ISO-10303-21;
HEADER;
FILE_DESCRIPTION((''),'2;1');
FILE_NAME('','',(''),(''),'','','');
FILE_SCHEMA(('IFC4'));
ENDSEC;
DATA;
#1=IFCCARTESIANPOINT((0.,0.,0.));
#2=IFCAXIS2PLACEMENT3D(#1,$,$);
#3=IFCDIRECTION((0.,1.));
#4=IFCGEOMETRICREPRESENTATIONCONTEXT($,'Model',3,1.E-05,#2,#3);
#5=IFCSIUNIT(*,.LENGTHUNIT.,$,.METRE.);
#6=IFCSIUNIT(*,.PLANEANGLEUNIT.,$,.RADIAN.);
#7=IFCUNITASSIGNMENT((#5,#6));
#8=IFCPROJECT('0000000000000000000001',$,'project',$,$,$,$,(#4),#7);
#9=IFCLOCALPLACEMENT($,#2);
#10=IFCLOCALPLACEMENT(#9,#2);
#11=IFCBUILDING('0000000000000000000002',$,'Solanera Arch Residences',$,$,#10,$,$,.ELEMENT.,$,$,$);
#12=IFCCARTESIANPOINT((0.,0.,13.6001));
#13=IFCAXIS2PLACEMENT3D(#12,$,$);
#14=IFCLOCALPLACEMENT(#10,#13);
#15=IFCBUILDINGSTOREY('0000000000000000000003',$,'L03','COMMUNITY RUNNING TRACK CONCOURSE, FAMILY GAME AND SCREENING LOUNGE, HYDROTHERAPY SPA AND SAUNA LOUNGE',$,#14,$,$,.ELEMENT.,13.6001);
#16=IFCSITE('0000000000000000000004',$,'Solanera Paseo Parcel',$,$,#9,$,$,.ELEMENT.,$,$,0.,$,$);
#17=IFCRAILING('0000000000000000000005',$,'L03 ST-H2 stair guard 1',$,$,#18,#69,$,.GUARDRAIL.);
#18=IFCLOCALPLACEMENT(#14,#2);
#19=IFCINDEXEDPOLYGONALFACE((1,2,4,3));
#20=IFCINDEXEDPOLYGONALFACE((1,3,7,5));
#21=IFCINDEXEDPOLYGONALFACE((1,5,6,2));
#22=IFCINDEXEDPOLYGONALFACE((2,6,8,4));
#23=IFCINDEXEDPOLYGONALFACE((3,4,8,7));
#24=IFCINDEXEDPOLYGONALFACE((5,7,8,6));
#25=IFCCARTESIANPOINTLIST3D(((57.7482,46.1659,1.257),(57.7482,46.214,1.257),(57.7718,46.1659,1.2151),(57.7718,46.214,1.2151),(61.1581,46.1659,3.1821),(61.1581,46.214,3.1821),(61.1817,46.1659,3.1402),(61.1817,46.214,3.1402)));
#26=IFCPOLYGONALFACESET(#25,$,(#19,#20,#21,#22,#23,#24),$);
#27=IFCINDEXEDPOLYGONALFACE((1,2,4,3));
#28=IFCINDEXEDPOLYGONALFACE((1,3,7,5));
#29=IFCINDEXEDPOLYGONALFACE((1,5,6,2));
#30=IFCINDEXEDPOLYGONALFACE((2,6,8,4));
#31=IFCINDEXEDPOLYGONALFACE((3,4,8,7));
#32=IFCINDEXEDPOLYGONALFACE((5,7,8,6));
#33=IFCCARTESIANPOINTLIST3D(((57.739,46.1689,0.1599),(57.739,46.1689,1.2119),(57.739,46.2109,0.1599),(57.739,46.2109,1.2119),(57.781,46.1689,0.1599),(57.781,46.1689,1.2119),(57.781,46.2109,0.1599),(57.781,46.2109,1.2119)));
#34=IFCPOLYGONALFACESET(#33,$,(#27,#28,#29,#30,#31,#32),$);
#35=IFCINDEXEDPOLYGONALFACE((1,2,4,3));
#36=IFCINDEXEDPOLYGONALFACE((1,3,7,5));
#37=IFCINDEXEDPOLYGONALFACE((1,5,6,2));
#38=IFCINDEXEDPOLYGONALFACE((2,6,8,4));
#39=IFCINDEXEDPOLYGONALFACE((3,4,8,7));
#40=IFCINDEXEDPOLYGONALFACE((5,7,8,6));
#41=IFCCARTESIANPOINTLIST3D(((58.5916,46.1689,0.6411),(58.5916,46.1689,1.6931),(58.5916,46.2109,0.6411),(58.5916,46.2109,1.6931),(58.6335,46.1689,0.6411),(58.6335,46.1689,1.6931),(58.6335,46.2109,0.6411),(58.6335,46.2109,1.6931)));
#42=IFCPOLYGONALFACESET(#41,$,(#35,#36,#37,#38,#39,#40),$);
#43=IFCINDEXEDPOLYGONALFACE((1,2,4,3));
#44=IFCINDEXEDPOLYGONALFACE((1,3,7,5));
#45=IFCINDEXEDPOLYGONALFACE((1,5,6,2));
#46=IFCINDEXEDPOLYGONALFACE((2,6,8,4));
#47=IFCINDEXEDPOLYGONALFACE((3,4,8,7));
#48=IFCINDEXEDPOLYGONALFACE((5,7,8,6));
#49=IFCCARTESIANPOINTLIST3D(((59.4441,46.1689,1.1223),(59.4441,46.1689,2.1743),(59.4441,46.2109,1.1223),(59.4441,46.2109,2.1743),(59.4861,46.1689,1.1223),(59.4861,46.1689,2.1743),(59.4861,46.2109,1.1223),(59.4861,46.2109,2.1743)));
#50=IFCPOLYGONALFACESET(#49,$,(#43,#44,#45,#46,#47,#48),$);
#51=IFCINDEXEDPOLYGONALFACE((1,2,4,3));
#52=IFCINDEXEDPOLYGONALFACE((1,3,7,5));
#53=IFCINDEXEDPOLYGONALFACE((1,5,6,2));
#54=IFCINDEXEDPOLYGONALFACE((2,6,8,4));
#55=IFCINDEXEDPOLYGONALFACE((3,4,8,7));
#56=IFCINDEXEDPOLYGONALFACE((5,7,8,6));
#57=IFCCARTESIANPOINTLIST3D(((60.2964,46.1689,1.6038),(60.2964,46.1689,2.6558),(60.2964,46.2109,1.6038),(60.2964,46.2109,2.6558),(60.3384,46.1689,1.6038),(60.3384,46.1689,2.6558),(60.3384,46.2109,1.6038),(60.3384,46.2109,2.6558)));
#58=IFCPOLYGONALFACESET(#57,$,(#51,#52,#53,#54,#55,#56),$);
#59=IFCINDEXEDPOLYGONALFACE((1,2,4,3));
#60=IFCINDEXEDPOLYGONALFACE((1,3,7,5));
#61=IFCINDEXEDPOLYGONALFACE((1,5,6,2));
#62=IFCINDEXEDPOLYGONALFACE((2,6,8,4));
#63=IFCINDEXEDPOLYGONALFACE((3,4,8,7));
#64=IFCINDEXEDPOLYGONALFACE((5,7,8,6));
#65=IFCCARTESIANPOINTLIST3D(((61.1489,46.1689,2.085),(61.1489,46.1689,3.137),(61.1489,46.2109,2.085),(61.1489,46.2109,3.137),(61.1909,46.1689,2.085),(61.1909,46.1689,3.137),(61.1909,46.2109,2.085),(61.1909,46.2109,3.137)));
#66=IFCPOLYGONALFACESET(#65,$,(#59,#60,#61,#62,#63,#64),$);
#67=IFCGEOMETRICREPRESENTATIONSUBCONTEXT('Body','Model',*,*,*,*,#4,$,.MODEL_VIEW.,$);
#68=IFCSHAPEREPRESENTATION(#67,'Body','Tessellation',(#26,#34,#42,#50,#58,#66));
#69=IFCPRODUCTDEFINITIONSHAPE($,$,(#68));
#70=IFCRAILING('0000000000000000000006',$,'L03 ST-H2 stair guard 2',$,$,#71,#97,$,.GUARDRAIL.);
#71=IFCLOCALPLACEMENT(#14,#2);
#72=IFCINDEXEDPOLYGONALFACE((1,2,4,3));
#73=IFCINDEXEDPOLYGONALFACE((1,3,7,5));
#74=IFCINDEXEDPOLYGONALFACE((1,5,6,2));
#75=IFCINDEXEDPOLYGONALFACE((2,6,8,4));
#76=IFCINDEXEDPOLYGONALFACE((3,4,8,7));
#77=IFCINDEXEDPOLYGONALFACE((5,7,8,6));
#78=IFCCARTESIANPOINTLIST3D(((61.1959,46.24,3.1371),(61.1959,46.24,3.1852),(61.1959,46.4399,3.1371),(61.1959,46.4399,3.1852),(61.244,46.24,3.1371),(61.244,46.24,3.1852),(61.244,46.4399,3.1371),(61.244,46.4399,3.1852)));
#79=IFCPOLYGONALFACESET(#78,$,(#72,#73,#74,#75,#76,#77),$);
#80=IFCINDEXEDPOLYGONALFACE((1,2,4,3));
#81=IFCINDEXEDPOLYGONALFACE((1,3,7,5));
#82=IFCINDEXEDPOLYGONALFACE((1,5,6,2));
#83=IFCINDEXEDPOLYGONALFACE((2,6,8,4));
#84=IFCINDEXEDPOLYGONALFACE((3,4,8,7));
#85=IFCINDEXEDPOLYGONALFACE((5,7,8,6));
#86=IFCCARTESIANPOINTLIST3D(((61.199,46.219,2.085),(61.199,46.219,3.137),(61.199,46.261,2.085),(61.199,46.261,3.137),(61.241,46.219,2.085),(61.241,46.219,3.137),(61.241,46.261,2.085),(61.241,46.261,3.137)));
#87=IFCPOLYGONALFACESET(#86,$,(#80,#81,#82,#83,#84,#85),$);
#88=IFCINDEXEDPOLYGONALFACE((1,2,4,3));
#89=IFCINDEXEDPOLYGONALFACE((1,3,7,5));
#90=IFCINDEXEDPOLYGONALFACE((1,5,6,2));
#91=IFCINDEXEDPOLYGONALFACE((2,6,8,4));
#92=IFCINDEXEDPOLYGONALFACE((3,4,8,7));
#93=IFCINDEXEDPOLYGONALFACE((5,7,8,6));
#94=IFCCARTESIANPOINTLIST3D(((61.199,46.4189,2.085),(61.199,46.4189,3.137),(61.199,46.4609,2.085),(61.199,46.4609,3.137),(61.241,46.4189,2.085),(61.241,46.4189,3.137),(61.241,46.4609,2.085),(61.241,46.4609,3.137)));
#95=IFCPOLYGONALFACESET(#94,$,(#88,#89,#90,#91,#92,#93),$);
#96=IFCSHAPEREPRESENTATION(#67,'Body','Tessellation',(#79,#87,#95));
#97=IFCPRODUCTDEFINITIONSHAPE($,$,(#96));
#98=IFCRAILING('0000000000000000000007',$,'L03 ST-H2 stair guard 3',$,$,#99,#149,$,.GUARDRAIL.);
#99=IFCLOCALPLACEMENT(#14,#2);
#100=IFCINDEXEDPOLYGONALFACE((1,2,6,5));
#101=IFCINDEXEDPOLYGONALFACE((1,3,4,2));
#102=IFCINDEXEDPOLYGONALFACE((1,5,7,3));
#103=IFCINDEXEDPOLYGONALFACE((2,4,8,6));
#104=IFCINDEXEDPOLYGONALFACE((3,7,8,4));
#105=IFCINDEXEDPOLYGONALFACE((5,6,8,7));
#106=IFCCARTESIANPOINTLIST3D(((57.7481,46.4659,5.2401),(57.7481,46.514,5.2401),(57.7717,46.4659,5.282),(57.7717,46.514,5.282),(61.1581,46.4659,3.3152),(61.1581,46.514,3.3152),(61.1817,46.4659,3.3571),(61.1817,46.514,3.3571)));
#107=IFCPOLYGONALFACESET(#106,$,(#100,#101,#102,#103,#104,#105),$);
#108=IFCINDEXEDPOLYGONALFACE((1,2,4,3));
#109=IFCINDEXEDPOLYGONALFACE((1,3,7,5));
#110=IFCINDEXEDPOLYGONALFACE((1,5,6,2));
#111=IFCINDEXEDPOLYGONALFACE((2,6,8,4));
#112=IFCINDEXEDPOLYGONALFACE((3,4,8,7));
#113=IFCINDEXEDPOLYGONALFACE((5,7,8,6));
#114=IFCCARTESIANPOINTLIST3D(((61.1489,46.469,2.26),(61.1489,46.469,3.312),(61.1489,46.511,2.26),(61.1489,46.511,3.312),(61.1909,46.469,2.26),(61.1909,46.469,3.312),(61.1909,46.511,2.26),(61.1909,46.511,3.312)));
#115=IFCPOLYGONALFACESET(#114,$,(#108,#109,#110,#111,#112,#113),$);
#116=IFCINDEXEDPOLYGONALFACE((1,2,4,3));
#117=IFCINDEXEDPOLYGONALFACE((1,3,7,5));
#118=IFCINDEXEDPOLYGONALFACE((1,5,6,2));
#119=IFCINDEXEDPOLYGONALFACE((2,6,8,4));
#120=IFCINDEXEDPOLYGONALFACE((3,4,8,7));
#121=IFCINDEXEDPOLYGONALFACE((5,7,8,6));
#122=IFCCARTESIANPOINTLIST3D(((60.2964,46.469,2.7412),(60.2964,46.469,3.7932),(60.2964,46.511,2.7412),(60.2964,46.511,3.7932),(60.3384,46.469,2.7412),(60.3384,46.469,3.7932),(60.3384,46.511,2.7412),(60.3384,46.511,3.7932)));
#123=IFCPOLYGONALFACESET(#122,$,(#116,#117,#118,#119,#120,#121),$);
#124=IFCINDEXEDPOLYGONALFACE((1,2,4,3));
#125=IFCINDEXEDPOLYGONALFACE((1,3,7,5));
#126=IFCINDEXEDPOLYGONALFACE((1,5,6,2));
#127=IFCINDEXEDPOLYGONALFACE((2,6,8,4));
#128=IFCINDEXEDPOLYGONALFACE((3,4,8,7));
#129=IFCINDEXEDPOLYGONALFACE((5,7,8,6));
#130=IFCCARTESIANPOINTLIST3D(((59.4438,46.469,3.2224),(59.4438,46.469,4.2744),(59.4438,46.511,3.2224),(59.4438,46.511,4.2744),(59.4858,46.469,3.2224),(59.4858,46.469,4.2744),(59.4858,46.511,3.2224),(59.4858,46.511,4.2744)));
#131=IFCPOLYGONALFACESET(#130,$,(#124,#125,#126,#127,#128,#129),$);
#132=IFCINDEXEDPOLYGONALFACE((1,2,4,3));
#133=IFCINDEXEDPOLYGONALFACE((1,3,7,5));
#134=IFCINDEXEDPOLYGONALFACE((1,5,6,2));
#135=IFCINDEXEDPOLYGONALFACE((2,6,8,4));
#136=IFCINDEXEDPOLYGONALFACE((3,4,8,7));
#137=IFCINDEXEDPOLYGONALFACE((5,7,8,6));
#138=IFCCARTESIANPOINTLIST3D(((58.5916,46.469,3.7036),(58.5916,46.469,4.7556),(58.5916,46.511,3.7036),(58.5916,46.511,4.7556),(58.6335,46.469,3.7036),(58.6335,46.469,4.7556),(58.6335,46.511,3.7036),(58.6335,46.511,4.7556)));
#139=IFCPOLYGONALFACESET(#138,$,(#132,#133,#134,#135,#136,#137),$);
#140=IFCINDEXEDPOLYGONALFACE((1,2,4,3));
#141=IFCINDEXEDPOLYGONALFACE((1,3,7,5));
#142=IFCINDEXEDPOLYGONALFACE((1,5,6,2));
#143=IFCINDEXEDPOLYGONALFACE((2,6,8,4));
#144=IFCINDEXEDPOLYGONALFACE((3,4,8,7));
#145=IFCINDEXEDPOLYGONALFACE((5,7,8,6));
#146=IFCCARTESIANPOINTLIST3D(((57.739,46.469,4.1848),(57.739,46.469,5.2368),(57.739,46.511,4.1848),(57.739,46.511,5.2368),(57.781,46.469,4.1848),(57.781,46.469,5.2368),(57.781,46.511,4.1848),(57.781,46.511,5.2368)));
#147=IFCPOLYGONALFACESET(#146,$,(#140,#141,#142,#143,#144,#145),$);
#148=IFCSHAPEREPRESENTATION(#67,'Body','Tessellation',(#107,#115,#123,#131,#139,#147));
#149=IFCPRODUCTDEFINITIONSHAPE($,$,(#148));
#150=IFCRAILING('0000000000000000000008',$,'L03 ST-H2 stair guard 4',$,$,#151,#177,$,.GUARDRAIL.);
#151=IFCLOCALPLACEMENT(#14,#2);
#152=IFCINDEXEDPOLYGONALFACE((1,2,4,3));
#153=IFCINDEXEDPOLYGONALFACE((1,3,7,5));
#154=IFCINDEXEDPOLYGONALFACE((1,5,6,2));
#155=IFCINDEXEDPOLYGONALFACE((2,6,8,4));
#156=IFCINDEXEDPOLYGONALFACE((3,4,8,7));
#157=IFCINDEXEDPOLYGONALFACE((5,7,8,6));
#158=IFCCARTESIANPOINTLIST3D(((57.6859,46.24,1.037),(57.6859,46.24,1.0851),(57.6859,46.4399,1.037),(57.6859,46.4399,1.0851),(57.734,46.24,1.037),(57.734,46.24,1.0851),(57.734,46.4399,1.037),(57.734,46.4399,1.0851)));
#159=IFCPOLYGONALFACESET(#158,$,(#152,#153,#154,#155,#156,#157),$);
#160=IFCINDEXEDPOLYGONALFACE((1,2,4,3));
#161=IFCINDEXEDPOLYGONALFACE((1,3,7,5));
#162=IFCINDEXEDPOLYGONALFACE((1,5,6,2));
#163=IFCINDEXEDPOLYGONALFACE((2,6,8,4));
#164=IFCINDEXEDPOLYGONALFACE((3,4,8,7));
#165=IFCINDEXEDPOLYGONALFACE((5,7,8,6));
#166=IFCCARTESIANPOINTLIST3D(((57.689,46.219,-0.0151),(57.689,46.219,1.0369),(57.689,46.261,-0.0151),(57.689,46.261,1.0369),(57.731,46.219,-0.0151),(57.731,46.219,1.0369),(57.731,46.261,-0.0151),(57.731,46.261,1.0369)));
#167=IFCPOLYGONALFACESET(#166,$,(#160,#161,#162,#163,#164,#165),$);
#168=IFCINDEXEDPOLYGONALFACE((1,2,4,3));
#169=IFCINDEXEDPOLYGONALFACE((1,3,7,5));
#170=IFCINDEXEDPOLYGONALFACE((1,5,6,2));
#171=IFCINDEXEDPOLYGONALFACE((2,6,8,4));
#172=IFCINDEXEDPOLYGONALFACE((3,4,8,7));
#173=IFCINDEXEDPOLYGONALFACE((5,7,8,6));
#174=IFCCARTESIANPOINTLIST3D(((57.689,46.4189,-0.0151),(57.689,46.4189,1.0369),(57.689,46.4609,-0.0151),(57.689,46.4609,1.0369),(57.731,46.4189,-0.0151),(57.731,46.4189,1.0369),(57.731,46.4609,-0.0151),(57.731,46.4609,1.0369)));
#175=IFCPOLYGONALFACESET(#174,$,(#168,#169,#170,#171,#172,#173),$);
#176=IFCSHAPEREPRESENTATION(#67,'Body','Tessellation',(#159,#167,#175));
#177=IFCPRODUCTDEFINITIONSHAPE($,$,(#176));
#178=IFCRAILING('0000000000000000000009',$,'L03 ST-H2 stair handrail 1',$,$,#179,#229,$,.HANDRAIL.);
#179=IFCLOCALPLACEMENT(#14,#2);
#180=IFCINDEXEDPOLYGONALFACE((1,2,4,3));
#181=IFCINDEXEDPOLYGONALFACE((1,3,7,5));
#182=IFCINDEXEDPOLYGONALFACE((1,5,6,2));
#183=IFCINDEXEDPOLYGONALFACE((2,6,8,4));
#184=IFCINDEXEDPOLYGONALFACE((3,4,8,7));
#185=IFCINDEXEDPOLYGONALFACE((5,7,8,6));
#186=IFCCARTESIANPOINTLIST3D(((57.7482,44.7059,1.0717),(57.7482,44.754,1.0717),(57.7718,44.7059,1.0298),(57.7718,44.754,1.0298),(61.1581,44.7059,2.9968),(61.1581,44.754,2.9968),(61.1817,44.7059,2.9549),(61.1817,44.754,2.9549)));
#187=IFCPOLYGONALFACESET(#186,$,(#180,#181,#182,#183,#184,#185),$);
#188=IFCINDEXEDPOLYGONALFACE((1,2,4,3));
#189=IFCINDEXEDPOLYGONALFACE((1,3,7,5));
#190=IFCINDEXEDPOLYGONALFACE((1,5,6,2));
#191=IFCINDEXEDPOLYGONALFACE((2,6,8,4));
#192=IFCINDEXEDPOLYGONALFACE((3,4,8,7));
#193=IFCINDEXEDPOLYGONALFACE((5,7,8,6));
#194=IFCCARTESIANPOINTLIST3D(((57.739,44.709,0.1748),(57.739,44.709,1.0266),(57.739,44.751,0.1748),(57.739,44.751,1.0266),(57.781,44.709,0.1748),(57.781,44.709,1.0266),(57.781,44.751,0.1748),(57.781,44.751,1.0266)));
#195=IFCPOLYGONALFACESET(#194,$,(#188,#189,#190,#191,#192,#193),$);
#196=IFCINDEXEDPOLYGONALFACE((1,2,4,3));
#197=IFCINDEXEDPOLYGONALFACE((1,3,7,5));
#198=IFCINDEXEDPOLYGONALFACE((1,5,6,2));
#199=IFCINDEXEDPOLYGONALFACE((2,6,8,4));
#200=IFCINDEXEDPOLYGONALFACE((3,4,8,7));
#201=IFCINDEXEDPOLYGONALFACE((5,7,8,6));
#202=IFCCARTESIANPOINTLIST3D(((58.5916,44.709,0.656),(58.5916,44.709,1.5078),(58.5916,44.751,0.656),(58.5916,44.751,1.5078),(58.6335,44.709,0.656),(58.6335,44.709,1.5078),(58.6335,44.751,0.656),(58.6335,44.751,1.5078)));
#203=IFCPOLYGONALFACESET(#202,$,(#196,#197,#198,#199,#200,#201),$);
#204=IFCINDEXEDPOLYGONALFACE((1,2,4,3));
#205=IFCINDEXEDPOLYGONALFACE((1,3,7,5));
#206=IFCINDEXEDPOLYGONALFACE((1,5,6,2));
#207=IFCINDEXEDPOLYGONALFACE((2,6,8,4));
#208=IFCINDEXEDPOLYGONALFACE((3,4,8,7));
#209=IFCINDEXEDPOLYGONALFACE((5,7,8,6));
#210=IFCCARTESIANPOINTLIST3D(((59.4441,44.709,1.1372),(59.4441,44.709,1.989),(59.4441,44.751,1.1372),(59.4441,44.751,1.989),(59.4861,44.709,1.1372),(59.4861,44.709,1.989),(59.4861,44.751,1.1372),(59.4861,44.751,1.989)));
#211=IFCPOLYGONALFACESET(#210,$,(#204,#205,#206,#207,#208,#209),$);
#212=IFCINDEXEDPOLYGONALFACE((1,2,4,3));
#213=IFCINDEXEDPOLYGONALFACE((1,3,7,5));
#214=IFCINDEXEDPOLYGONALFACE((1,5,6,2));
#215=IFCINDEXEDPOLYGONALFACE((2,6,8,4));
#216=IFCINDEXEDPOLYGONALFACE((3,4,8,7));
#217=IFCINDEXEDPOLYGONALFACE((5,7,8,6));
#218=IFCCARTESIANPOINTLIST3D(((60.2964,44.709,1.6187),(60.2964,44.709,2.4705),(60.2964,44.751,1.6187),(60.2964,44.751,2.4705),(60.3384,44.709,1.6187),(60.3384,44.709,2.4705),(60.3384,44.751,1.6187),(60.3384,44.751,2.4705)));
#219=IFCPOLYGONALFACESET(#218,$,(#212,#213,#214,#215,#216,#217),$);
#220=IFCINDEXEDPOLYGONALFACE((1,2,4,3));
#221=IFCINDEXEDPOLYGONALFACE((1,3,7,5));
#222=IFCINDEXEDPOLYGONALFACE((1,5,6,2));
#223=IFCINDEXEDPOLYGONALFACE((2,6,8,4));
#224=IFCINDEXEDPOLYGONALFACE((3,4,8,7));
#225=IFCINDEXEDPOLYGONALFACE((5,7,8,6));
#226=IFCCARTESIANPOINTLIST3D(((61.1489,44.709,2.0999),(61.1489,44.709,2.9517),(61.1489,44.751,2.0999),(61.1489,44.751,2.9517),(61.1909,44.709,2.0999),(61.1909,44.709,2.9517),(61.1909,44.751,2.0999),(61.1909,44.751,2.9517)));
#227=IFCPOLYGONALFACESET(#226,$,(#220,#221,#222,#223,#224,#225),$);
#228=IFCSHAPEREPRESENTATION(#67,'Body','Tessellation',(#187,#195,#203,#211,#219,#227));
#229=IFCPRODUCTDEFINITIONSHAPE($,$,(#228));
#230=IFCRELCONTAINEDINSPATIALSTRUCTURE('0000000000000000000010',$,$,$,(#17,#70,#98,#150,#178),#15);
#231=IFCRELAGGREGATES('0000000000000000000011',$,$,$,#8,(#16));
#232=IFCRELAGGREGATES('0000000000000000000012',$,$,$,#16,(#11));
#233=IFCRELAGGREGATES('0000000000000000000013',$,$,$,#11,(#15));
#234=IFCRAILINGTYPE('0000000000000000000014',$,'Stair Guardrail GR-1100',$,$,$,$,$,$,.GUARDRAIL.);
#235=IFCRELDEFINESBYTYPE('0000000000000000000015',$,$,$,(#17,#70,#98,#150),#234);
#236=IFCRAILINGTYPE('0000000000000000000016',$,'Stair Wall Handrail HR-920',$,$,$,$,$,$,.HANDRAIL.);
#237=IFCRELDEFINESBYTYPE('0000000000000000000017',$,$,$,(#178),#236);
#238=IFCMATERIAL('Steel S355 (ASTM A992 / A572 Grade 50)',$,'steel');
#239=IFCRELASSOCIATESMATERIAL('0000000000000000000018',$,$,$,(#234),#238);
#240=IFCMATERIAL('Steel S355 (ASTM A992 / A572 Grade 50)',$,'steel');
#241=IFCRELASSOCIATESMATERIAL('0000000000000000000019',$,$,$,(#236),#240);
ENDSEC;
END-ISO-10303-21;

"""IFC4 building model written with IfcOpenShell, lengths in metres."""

from ifc_helpers import new_model, si_unit, direction, frame, origin, origin_2d, place, context, subcontext, project, spatial, rectangle, extrude, material, type_object, element, save


model = new_model("IFC4")

# Units and contexts
model_context = context("Model", 3, precision=1e-05, world=origin(), true_north=direction((0.0, 1.0)))
body_context = subcontext(model_context, "Body", "Model", "MODEL_VIEW")
ifc_project = project(units=[si_unit("LENGTHUNIT", "METRE"), si_unit("PLANEANGLEUNIT", "RADIAN")], contexts=[model_context])

# Site, building, storey
site_placement = place(None, origin())
site = spatial("IfcSite", under=ifc_project, at=site_placement, Name="Solanera Paseo Parcel", CompositionType="ELEMENT", RefElevation=0.0)
building_placement = place(site_placement, origin())
building = spatial("IfcBuilding", under=site, at=building_placement, Name="Solanera Arch Residences", CompositionType="ELEMENT")
storey_placement = place(building_placement, frame((0.0, 0.0, 13.6001)))
storey = spatial("IfcBuildingStorey", under=building, at=storey_placement, Name="L03", Description="COMMUNITY RUNNING TRACK CONCOURSE, FAMILY GAME AND SCREENING LOUNGE, HYDROTHERAPY SPA AND SAUNA LOUNGE", CompositionType="ELEMENT", Elevation=13.6001)

# Railings
ifc_material_1 = material(Name="Steel S355 (ASTM A992 / A572 Grade 50)", Category="steel")
railing_type_1 = type_object("IfcRailingType", Name="Stair Guardrail GR-1100", PredefinedType="GUARDRAIL", material=ifc_material_1)
railing_1_placement = place(storey_placement, frame((57.76, 46.1899, 0.1599)))
element("IfcRailing", 1, at=railing_1_placement, inside=storey, type_object=railing_type_1, Name="L03 ST-H2 stair guard 1", PredefinedType="GUARDRAIL", context=body_context, shape_type="SweptSolid", body=[
    extrude(rectangle(XDim=0.0481, YDim=0.0481, at=origin_2d()), frame((0.0, 0.0, 1.0762), z_axis=(0.870814, 0.0, 0.491613), x_axis=(0.0, 1.0, 0.0)), (0.0, 0.0, 1.0), 3.9158),
    extrude(rectangle(XDim=0.042, YDim=0.042, at=origin_2d()), origin(), (0.0, 0.0, 1.0), 1.052),
    extrude(rectangle(XDim=0.042, YDim=0.042, at=origin_2d()), frame((0.8525, 0.0, 0.4812)), (0.0, 0.0, 1.0), 1.052),
    extrude(rectangle(XDim=0.042, YDim=0.042, at=origin_2d()), frame((1.7051, 0.0, 0.9624)), (0.0, 0.0, 1.0), 1.052),
    extrude(rectangle(XDim=0.042, YDim=0.042, at=origin_2d()), frame((2.5574, 0.0, 1.4438)), (0.0, 0.0, 1.0), 1.052),
    extrude(rectangle(XDim=0.042, YDim=0.042, at=origin_2d()), frame((3.4099, 0.0, 1.925)), (0.0, 0.0, 1.0), 1.052),
])
railing_2_placement = place(storey_placement, frame((61.22, 46.24, 2.085)))
element("IfcRailing", 2, at=railing_2_placement, inside=storey, type_object=railing_type_1, Name="L03 ST-H2 stair guard 2", PredefinedType="GUARDRAIL", context=body_context, shape_type="SweptSolid", body=[
    extrude(rectangle(XDim=0.0481, YDim=0.0481, at=origin_2d()), frame((0.0, 0.0, 1.0762), z_axis=(0.0, 1.0, 0.0), x_axis=(-1.0, 0.0, 0.0)), (0.0, 0.0, 1.0), 0.2),
    extrude(rectangle(XDim=0.042, YDim=0.042, at=origin_2d()), origin(), (0.0, 0.0, 1.0), 1.052),
    extrude(rectangle(XDim=0.042, YDim=0.042, at=origin_2d()), frame((0.0, 0.2, 0.0)), (0.0, 0.0, 1.0), 1.052),
])
railing_3_placement = place(storey_placement, frame((61.1699, 46.49, 2.26)))
element("IfcRailing", 3, at=railing_3_placement, inside=storey, type_object=railing_type_1, Name="L03 ST-H2 stair guard 3", PredefinedType="GUARDRAIL", context=body_context, shape_type="SweptSolid", body=[
    extrude(rectangle(XDim=0.0481, YDim=0.0481, at=origin_2d()), frame((0.0, 0.0, 1.0762), z_axis=(-0.87084, 0.0, 0.491566), x_axis=(0.0, -1.0, 0.0)), (0.0, 0.0, 1.0), 3.9158),
    extrude(rectangle(XDim=0.042, YDim=0.042, at=origin_2d()), origin(), (0.0, 0.0, 1.0), 1.052),
    extrude(rectangle(XDim=0.042, YDim=0.042, at=origin_2d()), frame((-0.8525, 0.0, 0.4812)), (0.0, 0.0, 1.0), 1.052),
    extrude(rectangle(XDim=0.042, YDim=0.042, at=origin_2d()), frame((-1.7051, 0.0, 0.9624)), (0.0, 0.0, 1.0), 1.052),
    extrude(rectangle(XDim=0.042, YDim=0.042, at=origin_2d()), frame((-2.5574, 0.0, 1.4436)), (0.0, 0.0, 1.0), 1.052),
    extrude(rectangle(XDim=0.042, YDim=0.042, at=origin_2d()), frame((-3.4099, 0.0, 1.9248)), (0.0, 0.0, 1.0), 1.052),
])
railing_4_placement = place(storey_placement, frame((57.71, 46.24, -0.0151)))
element("IfcRailing", 4, at=railing_4_placement, inside=storey, type_object=railing_type_1, Name="L03 ST-H2 stair guard 4", PredefinedType="GUARDRAIL", context=body_context, shape_type="SweptSolid", body=[
    extrude(rectangle(XDim=0.0481, YDim=0.0481, at=origin_2d()), frame((0.0, 0.0, 1.0762), z_axis=(0.0, 1.0, 0.0), x_axis=(-1.0, 0.0, 0.0)), (0.0, 0.0, 1.0), 0.2),
    extrude(rectangle(XDim=0.042, YDim=0.042, at=origin_2d()), origin(), (0.0, 0.0, 1.0), 1.052),
    extrude(rectangle(XDim=0.042, YDim=0.042, at=origin_2d()), frame((0.0, 0.2, 0.0)), (0.0, 0.0, 1.0), 1.052),
])
ifc_material_2 = material(Name="Steel S355 (ASTM A992 / A572 Grade 50)", Category="steel")
railing_type_2 = type_object("IfcRailingType", Name="Stair Wall Handrail HR-920", PredefinedType="HANDRAIL", material=ifc_material_2)
railing_5_placement = place(storey_placement, frame((57.76, 44.73, 0.1748)))
element("IfcRailing", 5, at=railing_5_placement, inside=storey, type_object=railing_type_2, Name="L03 ST-H2 stair handrail 1", PredefinedType="HANDRAIL", context=body_context, shape_type="SweptSolid", body=[
    extrude(rectangle(XDim=0.0481, YDim=0.0481, at=origin_2d()), frame((0.0, 0.0, 0.876), z_axis=(0.870814, 0.0, 0.491613), x_axis=(0.0, 1.0, 0.0)), (0.0, 0.0, 1.0), 3.9158),
    extrude(rectangle(XDim=0.042, YDim=0.042, at=origin_2d()), origin(), (0.0, 0.0, 1.0), 0.8518),
    extrude(rectangle(XDim=0.042, YDim=0.042, at=origin_2d()), frame((0.8525, 0.0, 0.4812)), (0.0, 0.0, 1.0), 0.8518),
    extrude(rectangle(XDim=0.042, YDim=0.042, at=origin_2d()), frame((1.7051, 0.0, 0.9624)), (0.0, 0.0, 1.0), 0.8518),
    extrude(rectangle(XDim=0.042, YDim=0.042, at=origin_2d()), frame((2.5574, 0.0, 1.4438)), (0.0, 0.0, 1.0), 0.8518),
    extrude(rectangle(XDim=0.042, YDim=0.042, at=origin_2d()), frame((3.4099, 0.0, 1.925)), (0.0, 0.0, 1.0), 0.8518),
])

save(model, "model.ifc")
